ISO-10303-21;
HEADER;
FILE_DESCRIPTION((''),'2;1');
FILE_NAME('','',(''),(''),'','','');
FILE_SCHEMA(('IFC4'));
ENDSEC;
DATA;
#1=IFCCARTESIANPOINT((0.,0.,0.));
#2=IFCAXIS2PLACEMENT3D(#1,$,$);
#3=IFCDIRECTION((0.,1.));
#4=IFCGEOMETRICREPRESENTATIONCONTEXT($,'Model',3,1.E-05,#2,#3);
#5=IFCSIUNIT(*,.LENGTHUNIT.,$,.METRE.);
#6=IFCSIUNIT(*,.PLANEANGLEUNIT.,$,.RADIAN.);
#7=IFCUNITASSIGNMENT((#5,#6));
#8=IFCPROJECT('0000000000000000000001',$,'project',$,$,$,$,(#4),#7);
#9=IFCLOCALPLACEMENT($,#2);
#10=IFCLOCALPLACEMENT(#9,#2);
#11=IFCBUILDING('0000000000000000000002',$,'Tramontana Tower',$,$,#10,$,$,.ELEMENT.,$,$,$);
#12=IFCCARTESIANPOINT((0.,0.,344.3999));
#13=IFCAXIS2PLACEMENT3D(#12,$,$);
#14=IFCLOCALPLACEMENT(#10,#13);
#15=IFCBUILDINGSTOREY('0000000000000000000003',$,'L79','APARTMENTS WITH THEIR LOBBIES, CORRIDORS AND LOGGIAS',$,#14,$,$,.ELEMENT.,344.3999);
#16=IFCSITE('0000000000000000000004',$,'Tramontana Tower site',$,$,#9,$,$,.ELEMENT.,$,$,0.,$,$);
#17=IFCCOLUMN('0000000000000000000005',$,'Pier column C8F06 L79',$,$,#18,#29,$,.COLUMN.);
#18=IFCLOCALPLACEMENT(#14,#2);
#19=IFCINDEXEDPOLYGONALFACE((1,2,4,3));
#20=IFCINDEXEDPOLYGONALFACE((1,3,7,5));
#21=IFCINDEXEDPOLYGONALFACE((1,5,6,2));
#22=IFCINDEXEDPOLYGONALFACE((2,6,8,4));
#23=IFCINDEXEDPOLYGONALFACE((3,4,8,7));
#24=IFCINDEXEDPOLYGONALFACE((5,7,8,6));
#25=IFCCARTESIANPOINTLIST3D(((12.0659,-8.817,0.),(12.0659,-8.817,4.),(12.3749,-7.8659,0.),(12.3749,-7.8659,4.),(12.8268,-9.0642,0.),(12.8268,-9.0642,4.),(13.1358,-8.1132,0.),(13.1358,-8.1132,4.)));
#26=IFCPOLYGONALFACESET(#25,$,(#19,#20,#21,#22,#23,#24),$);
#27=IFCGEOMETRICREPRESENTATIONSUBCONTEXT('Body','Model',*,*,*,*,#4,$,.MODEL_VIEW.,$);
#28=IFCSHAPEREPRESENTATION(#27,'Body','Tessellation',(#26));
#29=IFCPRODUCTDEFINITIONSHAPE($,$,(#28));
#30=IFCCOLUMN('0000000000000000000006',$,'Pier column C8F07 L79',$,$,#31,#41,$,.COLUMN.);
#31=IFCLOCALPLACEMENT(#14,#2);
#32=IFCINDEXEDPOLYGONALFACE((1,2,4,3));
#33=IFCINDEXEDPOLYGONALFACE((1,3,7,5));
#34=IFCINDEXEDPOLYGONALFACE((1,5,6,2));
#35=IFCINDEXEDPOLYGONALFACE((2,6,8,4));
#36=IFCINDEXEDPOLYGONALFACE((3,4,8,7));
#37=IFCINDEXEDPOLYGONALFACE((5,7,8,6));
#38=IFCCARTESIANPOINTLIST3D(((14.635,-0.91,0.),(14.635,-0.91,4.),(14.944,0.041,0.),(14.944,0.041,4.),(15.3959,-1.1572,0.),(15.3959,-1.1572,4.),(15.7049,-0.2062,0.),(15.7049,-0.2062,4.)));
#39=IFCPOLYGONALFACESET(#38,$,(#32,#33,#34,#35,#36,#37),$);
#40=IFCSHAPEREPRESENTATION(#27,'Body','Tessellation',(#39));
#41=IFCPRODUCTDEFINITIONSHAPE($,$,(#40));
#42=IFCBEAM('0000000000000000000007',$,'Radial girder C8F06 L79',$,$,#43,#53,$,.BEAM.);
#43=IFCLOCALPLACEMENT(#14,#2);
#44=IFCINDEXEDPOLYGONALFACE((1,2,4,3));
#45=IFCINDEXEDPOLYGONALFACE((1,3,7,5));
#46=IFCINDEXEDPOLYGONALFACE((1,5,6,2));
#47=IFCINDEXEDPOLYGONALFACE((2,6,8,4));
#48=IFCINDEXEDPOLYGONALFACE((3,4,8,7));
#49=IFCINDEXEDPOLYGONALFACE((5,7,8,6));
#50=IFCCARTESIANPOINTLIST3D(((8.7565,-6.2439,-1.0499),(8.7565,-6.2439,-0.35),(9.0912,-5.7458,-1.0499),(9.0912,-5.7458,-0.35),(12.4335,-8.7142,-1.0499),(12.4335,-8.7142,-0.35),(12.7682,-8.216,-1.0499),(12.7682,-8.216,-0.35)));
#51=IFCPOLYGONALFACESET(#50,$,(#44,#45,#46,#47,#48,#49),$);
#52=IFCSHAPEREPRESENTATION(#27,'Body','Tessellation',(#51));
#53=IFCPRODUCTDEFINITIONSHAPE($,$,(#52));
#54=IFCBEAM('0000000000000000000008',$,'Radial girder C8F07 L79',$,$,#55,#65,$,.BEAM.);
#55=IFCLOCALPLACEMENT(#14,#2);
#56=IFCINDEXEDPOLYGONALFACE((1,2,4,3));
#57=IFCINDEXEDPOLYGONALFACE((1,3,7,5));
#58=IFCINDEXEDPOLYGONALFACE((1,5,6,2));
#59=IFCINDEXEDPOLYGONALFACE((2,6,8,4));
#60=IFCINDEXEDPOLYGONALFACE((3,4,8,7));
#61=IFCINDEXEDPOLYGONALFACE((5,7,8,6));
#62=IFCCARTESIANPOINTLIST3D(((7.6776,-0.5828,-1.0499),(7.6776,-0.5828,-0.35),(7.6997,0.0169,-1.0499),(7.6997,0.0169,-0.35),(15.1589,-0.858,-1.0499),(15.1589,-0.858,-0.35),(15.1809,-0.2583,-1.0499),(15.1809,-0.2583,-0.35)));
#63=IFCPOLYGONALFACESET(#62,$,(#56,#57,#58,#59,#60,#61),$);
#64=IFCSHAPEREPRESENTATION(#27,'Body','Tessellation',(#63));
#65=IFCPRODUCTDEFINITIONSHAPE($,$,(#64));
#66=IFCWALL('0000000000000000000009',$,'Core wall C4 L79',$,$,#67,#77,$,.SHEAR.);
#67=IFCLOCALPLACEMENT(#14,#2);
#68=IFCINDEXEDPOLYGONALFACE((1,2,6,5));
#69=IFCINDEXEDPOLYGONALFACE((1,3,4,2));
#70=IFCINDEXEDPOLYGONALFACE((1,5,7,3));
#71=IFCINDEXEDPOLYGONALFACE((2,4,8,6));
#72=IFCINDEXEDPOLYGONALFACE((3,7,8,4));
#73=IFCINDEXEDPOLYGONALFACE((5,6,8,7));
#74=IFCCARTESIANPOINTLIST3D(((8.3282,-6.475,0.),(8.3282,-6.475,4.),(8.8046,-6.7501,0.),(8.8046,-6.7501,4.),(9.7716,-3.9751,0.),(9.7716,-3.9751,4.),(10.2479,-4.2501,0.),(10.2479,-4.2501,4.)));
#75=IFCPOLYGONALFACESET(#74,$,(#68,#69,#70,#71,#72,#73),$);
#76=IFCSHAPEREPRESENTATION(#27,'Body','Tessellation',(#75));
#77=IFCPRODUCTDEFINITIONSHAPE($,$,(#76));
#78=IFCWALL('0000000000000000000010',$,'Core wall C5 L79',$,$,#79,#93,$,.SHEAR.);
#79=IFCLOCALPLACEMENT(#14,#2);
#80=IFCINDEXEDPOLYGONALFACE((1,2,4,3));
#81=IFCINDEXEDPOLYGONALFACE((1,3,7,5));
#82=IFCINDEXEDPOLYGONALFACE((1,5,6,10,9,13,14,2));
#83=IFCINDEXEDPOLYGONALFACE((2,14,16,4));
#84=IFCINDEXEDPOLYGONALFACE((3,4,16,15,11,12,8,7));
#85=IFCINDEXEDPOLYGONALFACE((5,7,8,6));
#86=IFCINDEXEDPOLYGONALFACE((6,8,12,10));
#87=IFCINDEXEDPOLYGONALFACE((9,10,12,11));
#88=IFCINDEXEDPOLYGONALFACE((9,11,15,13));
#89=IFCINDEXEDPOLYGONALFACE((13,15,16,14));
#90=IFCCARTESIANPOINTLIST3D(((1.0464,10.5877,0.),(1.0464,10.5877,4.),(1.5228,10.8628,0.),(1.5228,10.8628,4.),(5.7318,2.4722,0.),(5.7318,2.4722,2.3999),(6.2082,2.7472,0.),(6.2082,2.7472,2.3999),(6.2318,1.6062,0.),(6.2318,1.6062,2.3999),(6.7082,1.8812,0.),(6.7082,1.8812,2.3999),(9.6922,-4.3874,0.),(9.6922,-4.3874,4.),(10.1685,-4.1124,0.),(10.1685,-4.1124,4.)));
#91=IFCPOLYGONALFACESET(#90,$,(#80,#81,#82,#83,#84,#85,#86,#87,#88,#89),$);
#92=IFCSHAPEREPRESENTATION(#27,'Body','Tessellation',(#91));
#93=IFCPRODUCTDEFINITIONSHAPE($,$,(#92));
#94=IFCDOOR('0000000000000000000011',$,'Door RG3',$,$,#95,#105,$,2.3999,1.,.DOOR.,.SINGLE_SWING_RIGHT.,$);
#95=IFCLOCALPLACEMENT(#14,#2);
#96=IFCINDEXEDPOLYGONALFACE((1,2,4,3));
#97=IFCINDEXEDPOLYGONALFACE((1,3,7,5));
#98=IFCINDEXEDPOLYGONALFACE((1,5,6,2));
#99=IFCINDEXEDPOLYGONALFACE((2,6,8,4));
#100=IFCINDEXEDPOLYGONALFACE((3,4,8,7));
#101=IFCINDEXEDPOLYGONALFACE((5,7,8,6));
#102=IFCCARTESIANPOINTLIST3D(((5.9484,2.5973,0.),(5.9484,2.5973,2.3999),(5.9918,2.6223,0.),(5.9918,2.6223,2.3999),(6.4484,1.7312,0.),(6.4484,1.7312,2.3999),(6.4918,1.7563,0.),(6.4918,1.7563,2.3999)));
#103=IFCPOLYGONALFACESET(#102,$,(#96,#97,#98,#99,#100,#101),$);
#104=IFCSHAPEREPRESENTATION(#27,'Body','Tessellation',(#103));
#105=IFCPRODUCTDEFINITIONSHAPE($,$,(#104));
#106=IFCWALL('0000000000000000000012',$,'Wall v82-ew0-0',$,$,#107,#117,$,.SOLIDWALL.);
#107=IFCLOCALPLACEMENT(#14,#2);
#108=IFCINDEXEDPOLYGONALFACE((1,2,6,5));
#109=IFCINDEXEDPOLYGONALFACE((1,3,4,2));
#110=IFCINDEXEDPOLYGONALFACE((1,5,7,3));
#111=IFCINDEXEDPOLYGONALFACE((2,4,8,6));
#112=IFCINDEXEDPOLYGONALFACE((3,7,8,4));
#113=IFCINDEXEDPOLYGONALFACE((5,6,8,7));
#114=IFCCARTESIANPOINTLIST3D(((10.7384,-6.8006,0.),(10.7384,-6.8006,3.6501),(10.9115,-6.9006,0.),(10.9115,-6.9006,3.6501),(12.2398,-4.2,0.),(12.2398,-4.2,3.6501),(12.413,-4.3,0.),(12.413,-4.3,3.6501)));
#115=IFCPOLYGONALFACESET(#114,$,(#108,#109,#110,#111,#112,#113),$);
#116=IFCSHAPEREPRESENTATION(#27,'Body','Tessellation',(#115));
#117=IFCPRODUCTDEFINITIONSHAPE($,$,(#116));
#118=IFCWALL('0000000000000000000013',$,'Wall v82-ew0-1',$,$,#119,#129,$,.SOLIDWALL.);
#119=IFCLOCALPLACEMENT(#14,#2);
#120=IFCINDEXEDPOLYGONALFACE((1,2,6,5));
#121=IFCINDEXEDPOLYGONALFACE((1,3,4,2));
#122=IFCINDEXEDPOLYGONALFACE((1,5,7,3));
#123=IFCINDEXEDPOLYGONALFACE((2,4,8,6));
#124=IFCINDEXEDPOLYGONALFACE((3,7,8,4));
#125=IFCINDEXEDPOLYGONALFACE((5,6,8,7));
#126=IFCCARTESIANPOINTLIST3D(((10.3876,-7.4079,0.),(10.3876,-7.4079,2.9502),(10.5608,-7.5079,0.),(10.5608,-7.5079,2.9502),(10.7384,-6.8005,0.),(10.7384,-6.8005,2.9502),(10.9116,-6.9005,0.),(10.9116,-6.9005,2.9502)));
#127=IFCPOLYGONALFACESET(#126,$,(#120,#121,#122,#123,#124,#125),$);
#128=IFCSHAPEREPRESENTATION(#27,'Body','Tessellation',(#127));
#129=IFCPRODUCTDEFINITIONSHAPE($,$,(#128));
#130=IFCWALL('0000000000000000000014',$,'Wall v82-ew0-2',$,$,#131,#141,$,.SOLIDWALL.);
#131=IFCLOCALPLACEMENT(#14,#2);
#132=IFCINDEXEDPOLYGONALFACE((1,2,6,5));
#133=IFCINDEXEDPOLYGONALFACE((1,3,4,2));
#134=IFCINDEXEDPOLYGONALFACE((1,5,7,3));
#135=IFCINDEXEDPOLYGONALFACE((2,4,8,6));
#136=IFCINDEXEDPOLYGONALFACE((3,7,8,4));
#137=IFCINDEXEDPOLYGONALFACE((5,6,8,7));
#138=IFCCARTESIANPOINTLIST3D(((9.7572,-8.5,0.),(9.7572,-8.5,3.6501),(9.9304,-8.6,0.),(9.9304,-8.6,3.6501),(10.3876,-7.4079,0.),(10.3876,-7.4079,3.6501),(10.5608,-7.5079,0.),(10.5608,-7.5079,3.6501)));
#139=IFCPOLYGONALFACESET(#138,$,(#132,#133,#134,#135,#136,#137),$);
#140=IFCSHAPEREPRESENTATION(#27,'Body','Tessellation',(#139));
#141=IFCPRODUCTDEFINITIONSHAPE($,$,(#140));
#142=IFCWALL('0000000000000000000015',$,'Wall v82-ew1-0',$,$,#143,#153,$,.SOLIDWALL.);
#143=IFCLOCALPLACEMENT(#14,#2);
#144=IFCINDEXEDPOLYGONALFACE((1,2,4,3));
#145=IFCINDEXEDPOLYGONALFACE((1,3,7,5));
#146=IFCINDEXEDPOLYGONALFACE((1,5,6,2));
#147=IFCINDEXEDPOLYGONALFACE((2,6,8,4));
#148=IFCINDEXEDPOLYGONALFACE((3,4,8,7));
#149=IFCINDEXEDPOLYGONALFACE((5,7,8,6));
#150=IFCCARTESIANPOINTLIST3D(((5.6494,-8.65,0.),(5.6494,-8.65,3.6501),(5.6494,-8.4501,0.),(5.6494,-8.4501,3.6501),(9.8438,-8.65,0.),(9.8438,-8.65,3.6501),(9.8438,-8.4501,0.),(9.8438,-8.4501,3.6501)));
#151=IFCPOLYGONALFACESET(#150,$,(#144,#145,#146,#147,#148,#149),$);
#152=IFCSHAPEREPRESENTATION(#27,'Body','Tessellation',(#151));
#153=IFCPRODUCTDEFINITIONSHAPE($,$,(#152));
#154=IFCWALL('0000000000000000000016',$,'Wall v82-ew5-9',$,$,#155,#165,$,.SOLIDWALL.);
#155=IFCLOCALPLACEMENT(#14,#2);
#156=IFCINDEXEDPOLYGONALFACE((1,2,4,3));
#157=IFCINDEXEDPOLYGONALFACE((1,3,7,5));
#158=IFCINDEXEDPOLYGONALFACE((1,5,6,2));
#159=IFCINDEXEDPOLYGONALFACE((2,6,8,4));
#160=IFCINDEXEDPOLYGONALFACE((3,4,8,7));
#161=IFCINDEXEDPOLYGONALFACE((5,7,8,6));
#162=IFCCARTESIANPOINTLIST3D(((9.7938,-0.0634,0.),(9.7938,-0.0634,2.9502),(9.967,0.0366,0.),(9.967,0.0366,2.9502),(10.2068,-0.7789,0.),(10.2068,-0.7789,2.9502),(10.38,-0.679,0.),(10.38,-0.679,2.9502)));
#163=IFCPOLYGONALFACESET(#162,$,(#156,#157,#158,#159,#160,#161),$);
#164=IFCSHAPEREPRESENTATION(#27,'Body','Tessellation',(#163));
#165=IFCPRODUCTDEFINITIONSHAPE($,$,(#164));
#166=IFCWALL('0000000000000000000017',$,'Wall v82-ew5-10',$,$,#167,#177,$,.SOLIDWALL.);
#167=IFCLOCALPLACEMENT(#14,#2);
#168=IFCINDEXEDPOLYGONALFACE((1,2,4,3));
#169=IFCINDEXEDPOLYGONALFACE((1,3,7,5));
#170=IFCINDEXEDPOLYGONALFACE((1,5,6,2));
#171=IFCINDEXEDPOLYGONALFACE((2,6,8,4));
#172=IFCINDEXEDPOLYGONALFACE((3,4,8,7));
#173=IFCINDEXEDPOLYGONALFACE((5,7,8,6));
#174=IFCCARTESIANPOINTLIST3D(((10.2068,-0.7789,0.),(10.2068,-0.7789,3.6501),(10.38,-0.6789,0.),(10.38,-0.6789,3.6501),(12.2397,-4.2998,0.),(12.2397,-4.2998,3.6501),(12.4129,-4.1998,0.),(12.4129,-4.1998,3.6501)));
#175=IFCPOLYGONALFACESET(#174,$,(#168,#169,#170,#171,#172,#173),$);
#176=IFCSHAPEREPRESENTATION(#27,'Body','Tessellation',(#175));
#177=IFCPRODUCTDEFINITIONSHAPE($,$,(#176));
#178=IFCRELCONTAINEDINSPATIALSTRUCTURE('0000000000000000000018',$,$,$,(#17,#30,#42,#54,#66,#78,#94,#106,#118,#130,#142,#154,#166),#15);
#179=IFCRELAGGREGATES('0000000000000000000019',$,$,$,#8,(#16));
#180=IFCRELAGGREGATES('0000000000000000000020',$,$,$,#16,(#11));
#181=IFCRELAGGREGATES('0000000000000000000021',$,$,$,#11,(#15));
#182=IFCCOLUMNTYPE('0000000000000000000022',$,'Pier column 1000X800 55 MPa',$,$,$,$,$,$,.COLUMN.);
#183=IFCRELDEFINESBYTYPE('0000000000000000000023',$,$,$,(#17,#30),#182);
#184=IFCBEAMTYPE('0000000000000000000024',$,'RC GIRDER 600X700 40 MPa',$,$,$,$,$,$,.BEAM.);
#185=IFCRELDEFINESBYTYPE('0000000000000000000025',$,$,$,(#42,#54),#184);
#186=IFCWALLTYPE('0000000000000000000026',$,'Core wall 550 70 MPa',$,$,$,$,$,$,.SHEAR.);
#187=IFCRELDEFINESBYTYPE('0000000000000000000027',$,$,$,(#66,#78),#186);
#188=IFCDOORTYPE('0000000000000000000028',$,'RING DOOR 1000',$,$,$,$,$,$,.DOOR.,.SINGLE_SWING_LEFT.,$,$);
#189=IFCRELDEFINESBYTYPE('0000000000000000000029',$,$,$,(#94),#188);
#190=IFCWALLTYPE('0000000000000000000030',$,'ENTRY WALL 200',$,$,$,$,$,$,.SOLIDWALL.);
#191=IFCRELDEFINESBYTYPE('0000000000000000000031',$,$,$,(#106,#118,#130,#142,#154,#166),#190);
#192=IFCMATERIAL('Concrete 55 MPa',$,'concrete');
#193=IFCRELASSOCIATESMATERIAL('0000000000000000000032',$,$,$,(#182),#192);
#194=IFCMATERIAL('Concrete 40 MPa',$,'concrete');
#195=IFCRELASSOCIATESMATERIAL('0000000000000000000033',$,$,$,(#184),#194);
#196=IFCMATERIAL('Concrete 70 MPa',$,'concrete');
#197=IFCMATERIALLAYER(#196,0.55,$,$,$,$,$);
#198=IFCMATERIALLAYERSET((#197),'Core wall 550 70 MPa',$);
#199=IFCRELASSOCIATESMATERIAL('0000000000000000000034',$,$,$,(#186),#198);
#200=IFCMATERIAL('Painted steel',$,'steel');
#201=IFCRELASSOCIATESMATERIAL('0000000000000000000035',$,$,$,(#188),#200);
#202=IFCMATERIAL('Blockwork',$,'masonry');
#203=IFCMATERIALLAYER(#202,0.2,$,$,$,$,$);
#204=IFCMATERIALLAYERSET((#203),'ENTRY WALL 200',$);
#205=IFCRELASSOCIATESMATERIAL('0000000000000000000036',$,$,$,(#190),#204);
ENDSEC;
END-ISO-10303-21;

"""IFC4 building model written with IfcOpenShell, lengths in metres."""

from ifc_helpers import new_model, si_unit, direction, frame, frame_2d, origin, origin_2d, place, context, subcontext, project, spatial, rectangle, extrude, material, layer, layer_set, material_profile, profile_set, type_object, element, fill, save


model = new_model("IFC4")

# Units and contexts
model_context = context("Model", 3, precision=1e-05, world=origin(), true_north=direction((0.0, 1.0)))
body_context = subcontext(model_context, "Body", "Model", "MODEL_VIEW")
ifc_project = project(units=[si_unit("LENGTHUNIT", "METRE"), si_unit("PLANEANGLEUNIT", "RADIAN")], contexts=[model_context])

# Site, building, storey
site_placement = place(None, origin())
site = spatial("IfcSite", under=ifc_project, at=site_placement, Name="Tramontana Tower site", CompositionType="ELEMENT", RefElevation=0.0)
building_placement = place(site_placement, origin())
building = spatial("IfcBuilding", under=site, at=building_placement, Name="Tramontana Tower", CompositionType="ELEMENT")
storey_placement = place(building_placement, frame((0.0, 0.0, 344.3999)))
storey = spatial("IfcBuildingStorey", under=building, at=storey_placement, Name="L79", Description="APARTMENTS WITH THEIR LOBBIES, CORRIDORS AND LOGGIAS", CompositionType="ELEMENT", Elevation=344.3999)

# Columns
ifc_material_1 = material(Name="Concrete 55 MPa", Category="concrete")
ifc_material_profile_1 = material_profile(ifc_material_1, rectangle(XDim=1.0, YDim=0.8, at=origin_2d()), Name="Pier column 1000X800 55 MPa")
ifc_profile_set_1 = profile_set([ifc_material_profile_1], Name="Concrete 55 MPa")
column_type = type_object("IfcColumnType", Name="Pier column 1000X800 55 MPa", PredefinedType="COLUMN", material=ifc_profile_set_1)
for number, where, z_axis, x_axis, name in (
    (1, (12.6008, -8.4651, 0.0), (0.0, 0.0, 1.0), (0.309017, 0.951057, 0.0), "Pier column C8F06 L79"),
    (2, (15.1699, -0.5581, 0.0), (0.0, 0.0, 1.0), (0.309017, 0.951057, 0.0), "Pier column C8F07 L79"),
):
    element("IfcColumn", number, at=place(storey_placement, frame(where, z_axis=z_axis, x_axis=x_axis)), inside=storey, type_object=column_type, Name=name, PredefinedType="COLUMN", context=body_context, shape_type="SweptSolid", body=[
        extrude(rectangle(XDim=1.0, YDim=0.8, at=origin_2d()), origin(), (0.0, 0.0, 1.0), 4.0),
    ])

# Beams
ifc_material_2 = material(Name="Concrete 40 MPa", Category="concrete")
ifc_material_profile_2 = material_profile(ifc_material_2, rectangle(XDim=0.6001, YDim=0.7, at=origin_2d()), Name="RC GIRDER 600X700 40 MPa")
ifc_profile_set_2 = profile_set([ifc_material_profile_2], Name="Concrete 40 MPa")
beam_type = type_object("IfcBeamType", Name="RC GIRDER 600X700 40 MPa", PredefinedType="BEAM", material=ifc_profile_set_2)
beam_1_placement = place(storey_placement, frame((12.6008, -8.4651, -0.7), z_axis=(-0.830078, 0.557647, 0.0), x_axis=(-0.557647, -0.830078, 0.0)))
element("IfcBeam", 3, at=beam_1_placement, inside=storey, type_object=beam_type, Name="Radial girder C8F06 L79", PredefinedType="BEAM", context=body_context, shape_type="SweptSolid", body=[
    extrude(rectangle(XDim=0.6001, YDim=0.7, at=origin_2d()), origin(), (0.0, 0.0, 1.0), 4.4297),
])
beam_2_placement = place(storey_placement, frame((15.1699, -0.5581, -0.7), z_axis=(-0.999324, 0.036754, 0.0), x_axis=(-0.036754, -0.999324, 0.0)))
element("IfcBeam", 4, at=beam_2_placement, inside=storey, type_object=beam_type, Name="Radial girder C8F07 L79", PredefinedType="BEAM", context=body_context, shape_type="SweptSolid", body=[
    extrude(rectangle(XDim=0.6001, YDim=0.7, at=origin_2d()), origin(), (0.0, 0.0, 1.0), 7.4863),
])

# Wall
ifc_material_3 = material(Name="Concrete 70 MPa", Category="concrete")
ifc_layer_1 = layer(ifc_material_3, 0.55)
ifc_layer_set_1 = layer_set([ifc_layer_1], Name="Core wall 550 70 MPa")
wall_type_1 = type_object("IfcWallType", Name="Core wall 550 70 MPa", PredefinedType="SHEAR", material=ifc_layer_set_1)
wall_1_placement = place(storey_placement, frame((8.5664, -6.6125, 0.0), z_axis=(0.0, 0.0, 1.0), x_axis=(0.499996, 0.866028, 0.0)))
element("IfcWall", 5, at=wall_1_placement, inside=storey, type_object=wall_type_1, Name="Core wall C4 L79", PredefinedType="SHEAR", context=body_context, shape_type="SweptSolid", body=[
    extrude(rectangle(XDim=2.8867, YDim=0.55, at=frame_2d((1.4434, 0.0))), origin(), (0.0, 0.0, 1.0), 4.0),
])

# Wall, opening, door
wall_2_placement = place(storey_placement, frame((9.9304, -4.25, 0.0), z_axis=(0.0, 0.0, 1.0), x_axis=(-0.499995, 0.866029, 0.0)))
wall_2 = element("IfcWall", 6, at=wall_2_placement, inside=storey, type_object=wall_type_1, Name="Core wall C5 L79", PredefinedType="SHEAR", context=body_context, shape_type="SweptSolid", body=[
    extrude(rectangle(XDim=17.2917, YDim=0.55, at=frame_2d((8.646, 0.0))), origin(), (0.0, 0.0, 1.0), 4.0),
])
opening_1_placement = place(wall_2_placement, frame((6.9209, 0.0, 0.0)))
opening_1 = element("IfcOpeningElement", 7, at=opening_1_placement, cuts=wall_2, PredefinedType="OPENING", context=body_context, shape_type="SweptSolid", body=[
    extrude(rectangle(XDim=1.0, YDim=2.3999, at=frame_2d((0.5, 1.2))), frame((0.0, 0.2849, 0.0), z_axis=(0.0, -1.0, 0.0), x_axis=(1.0, 0.0, 0.0)), (0.0, 0.0, 1.0), 0.5701),
])
ifc_material_4 = material(Name="Painted steel", Category="steel")
door_type_1 = type_object("IfcDoorType", Name="RING DOOR 1000", OperationType="SINGLE_SWING_LEFT", PredefinedType="DOOR", material=ifc_material_4)
door_1_placement = place(opening_1_placement, origin())
door_1 = element("IfcDoor", 8, at=door_1_placement, inside=storey, type_object=door_type_1, Name="Door RG3", OperationType="SINGLE_SWING_RIGHT", OverallHeight=2.3999, OverallWidth=1.0, PredefinedType="DOOR", context=body_context, shape_type="SweptSolid", body=[
    extrude(rectangle(XDim=1.0, YDim=2.3999, at=frame_2d((0.5, 1.2))), frame((0.0, 0.0249, 0.0), z_axis=(0.0, -1.0, 0.0), x_axis=(1.0, 0.0, 0.0)), (0.0, 0.0, 1.0), 0.05),
])
fill(opening_1, door_1)

# Walls
ifc_material_5 = material(Name="Blockwork", Category="masonry")
ifc_layer_2 = layer(ifc_material_5, 0.2)
ifc_layer_set_2 = layer_set([ifc_layer_2], Name="ENTRY WALL 200")
wall_type_2 = type_object("IfcWallType", Name="ENTRY WALL 200", PredefinedType="SOLIDWALL", material=ifc_layer_set_2)
wall_3_placement = place(storey_placement, frame((12.3264, -4.25, 0.0), z_axis=(0.0, 0.0, 1.0), x_axis=(-0.500004, -0.866023, 0.0)))
element("IfcWall", 9, at=wall_3_placement, inside=storey, type_object=wall_type_2, Name="Wall v82-ew0-0", PredefinedType="SOLIDWALL", context=body_context, shape_type="SweptSolid", body=[
    extrude(rectangle(XDim=3.0029, YDim=0.2, at=frame_2d((1.5015, 0.0))), origin(), (0.0, 0.0, 1.0), 3.6501),
])
wall_4_placement = place(storey_placement, frame((10.825, -6.8506, 0.0), z_axis=(0.0, 0.0, 1.0), x_axis=(-0.500144, -0.865942, 0.0)))
element("IfcWall", 10, at=wall_4_placement, inside=storey, type_object=wall_type_2, Name="Wall v82-ew0-1", PredefinedType="SOLIDWALL", context=body_context, shape_type="SweptSolid", body=[
    extrude(rectangle(XDim=0.7014, YDim=0.2, at=frame_2d((0.3506, 0.0))), origin(), (0.0, 0.0, 1.0), 2.9502),
])
wall_5_placement = place(storey_placement, frame((10.4741, -7.458, 0.0), z_axis=(0.0, 0.0, 1.0), x_axis=(-0.499929, -0.866066, 0.0)))
element("IfcWall", 11, at=wall_5_placement, inside=storey, type_object=wall_type_2, Name="Wall v82-ew0-2", PredefinedType="SOLIDWALL", context=body_context, shape_type="SweptSolid", body=[
    extrude(rectangle(XDim=1.261, YDim=0.2, at=frame_2d((0.6304, 0.0))), origin(), (0.0, 0.0, 1.0), 3.6501),
])
wall_6_placement = place(storey_placement, frame((9.8438, -8.55, 0.0), z_axis=(0.0, 0.0, 1.0), x_axis=(-1.0, 0.0, 0.0)))
element("IfcWall", 12, at=wall_6_placement, inside=storey, type_object=wall_type_2, Name="Wall v82-ew1-0", PredefinedType="SOLIDWALL", context=body_context, shape_type="SweptSolid", body=[
    extrude(rectangle(XDim=4.1943, YDim=0.2, at=frame_2d((2.0972, 0.0))), origin(), (0.0, 0.0, 1.0), 3.6501),
])
wall_7_placement = place(storey_placement, frame((9.8804, -0.0134, 0.0), z_axis=(0.0, 0.0, 1.0), x_axis=(0.499953, -0.866053, 0.0)))
element("IfcWall", 13, at=wall_7_placement, inside=storey, type_object=wall_type_2, Name="Wall v82-ew5-9", PredefinedType="SOLIDWALL", context=body_context, shape_type="SweptSolid", body=[
    extrude(rectangle(XDim=0.8262, YDim=0.2, at=frame_2d((0.4131, 0.0))), origin(), (0.0, 0.0, 1.0), 2.9502),
])
wall_8_placement = place(storey_placement, frame((10.2935, -0.729, 0.0), z_axis=(0.0, 0.0, 1.0), x_axis=(0.50002, -0.866014, 0.0)))
element("IfcWall", 14, at=wall_8_placement, inside=storey, type_object=wall_type_2, Name="Wall v82-ew5-10", PredefinedType="SOLIDWALL", context=body_context, shape_type="SweptSolid", body=[
    extrude(rectangle(XDim=4.0657, YDim=0.2, at=frame_2d((2.0327, 0.0))), origin(), (0.0, 0.0, 1.0), 3.6501),
])

save(model, "model.ifc")
